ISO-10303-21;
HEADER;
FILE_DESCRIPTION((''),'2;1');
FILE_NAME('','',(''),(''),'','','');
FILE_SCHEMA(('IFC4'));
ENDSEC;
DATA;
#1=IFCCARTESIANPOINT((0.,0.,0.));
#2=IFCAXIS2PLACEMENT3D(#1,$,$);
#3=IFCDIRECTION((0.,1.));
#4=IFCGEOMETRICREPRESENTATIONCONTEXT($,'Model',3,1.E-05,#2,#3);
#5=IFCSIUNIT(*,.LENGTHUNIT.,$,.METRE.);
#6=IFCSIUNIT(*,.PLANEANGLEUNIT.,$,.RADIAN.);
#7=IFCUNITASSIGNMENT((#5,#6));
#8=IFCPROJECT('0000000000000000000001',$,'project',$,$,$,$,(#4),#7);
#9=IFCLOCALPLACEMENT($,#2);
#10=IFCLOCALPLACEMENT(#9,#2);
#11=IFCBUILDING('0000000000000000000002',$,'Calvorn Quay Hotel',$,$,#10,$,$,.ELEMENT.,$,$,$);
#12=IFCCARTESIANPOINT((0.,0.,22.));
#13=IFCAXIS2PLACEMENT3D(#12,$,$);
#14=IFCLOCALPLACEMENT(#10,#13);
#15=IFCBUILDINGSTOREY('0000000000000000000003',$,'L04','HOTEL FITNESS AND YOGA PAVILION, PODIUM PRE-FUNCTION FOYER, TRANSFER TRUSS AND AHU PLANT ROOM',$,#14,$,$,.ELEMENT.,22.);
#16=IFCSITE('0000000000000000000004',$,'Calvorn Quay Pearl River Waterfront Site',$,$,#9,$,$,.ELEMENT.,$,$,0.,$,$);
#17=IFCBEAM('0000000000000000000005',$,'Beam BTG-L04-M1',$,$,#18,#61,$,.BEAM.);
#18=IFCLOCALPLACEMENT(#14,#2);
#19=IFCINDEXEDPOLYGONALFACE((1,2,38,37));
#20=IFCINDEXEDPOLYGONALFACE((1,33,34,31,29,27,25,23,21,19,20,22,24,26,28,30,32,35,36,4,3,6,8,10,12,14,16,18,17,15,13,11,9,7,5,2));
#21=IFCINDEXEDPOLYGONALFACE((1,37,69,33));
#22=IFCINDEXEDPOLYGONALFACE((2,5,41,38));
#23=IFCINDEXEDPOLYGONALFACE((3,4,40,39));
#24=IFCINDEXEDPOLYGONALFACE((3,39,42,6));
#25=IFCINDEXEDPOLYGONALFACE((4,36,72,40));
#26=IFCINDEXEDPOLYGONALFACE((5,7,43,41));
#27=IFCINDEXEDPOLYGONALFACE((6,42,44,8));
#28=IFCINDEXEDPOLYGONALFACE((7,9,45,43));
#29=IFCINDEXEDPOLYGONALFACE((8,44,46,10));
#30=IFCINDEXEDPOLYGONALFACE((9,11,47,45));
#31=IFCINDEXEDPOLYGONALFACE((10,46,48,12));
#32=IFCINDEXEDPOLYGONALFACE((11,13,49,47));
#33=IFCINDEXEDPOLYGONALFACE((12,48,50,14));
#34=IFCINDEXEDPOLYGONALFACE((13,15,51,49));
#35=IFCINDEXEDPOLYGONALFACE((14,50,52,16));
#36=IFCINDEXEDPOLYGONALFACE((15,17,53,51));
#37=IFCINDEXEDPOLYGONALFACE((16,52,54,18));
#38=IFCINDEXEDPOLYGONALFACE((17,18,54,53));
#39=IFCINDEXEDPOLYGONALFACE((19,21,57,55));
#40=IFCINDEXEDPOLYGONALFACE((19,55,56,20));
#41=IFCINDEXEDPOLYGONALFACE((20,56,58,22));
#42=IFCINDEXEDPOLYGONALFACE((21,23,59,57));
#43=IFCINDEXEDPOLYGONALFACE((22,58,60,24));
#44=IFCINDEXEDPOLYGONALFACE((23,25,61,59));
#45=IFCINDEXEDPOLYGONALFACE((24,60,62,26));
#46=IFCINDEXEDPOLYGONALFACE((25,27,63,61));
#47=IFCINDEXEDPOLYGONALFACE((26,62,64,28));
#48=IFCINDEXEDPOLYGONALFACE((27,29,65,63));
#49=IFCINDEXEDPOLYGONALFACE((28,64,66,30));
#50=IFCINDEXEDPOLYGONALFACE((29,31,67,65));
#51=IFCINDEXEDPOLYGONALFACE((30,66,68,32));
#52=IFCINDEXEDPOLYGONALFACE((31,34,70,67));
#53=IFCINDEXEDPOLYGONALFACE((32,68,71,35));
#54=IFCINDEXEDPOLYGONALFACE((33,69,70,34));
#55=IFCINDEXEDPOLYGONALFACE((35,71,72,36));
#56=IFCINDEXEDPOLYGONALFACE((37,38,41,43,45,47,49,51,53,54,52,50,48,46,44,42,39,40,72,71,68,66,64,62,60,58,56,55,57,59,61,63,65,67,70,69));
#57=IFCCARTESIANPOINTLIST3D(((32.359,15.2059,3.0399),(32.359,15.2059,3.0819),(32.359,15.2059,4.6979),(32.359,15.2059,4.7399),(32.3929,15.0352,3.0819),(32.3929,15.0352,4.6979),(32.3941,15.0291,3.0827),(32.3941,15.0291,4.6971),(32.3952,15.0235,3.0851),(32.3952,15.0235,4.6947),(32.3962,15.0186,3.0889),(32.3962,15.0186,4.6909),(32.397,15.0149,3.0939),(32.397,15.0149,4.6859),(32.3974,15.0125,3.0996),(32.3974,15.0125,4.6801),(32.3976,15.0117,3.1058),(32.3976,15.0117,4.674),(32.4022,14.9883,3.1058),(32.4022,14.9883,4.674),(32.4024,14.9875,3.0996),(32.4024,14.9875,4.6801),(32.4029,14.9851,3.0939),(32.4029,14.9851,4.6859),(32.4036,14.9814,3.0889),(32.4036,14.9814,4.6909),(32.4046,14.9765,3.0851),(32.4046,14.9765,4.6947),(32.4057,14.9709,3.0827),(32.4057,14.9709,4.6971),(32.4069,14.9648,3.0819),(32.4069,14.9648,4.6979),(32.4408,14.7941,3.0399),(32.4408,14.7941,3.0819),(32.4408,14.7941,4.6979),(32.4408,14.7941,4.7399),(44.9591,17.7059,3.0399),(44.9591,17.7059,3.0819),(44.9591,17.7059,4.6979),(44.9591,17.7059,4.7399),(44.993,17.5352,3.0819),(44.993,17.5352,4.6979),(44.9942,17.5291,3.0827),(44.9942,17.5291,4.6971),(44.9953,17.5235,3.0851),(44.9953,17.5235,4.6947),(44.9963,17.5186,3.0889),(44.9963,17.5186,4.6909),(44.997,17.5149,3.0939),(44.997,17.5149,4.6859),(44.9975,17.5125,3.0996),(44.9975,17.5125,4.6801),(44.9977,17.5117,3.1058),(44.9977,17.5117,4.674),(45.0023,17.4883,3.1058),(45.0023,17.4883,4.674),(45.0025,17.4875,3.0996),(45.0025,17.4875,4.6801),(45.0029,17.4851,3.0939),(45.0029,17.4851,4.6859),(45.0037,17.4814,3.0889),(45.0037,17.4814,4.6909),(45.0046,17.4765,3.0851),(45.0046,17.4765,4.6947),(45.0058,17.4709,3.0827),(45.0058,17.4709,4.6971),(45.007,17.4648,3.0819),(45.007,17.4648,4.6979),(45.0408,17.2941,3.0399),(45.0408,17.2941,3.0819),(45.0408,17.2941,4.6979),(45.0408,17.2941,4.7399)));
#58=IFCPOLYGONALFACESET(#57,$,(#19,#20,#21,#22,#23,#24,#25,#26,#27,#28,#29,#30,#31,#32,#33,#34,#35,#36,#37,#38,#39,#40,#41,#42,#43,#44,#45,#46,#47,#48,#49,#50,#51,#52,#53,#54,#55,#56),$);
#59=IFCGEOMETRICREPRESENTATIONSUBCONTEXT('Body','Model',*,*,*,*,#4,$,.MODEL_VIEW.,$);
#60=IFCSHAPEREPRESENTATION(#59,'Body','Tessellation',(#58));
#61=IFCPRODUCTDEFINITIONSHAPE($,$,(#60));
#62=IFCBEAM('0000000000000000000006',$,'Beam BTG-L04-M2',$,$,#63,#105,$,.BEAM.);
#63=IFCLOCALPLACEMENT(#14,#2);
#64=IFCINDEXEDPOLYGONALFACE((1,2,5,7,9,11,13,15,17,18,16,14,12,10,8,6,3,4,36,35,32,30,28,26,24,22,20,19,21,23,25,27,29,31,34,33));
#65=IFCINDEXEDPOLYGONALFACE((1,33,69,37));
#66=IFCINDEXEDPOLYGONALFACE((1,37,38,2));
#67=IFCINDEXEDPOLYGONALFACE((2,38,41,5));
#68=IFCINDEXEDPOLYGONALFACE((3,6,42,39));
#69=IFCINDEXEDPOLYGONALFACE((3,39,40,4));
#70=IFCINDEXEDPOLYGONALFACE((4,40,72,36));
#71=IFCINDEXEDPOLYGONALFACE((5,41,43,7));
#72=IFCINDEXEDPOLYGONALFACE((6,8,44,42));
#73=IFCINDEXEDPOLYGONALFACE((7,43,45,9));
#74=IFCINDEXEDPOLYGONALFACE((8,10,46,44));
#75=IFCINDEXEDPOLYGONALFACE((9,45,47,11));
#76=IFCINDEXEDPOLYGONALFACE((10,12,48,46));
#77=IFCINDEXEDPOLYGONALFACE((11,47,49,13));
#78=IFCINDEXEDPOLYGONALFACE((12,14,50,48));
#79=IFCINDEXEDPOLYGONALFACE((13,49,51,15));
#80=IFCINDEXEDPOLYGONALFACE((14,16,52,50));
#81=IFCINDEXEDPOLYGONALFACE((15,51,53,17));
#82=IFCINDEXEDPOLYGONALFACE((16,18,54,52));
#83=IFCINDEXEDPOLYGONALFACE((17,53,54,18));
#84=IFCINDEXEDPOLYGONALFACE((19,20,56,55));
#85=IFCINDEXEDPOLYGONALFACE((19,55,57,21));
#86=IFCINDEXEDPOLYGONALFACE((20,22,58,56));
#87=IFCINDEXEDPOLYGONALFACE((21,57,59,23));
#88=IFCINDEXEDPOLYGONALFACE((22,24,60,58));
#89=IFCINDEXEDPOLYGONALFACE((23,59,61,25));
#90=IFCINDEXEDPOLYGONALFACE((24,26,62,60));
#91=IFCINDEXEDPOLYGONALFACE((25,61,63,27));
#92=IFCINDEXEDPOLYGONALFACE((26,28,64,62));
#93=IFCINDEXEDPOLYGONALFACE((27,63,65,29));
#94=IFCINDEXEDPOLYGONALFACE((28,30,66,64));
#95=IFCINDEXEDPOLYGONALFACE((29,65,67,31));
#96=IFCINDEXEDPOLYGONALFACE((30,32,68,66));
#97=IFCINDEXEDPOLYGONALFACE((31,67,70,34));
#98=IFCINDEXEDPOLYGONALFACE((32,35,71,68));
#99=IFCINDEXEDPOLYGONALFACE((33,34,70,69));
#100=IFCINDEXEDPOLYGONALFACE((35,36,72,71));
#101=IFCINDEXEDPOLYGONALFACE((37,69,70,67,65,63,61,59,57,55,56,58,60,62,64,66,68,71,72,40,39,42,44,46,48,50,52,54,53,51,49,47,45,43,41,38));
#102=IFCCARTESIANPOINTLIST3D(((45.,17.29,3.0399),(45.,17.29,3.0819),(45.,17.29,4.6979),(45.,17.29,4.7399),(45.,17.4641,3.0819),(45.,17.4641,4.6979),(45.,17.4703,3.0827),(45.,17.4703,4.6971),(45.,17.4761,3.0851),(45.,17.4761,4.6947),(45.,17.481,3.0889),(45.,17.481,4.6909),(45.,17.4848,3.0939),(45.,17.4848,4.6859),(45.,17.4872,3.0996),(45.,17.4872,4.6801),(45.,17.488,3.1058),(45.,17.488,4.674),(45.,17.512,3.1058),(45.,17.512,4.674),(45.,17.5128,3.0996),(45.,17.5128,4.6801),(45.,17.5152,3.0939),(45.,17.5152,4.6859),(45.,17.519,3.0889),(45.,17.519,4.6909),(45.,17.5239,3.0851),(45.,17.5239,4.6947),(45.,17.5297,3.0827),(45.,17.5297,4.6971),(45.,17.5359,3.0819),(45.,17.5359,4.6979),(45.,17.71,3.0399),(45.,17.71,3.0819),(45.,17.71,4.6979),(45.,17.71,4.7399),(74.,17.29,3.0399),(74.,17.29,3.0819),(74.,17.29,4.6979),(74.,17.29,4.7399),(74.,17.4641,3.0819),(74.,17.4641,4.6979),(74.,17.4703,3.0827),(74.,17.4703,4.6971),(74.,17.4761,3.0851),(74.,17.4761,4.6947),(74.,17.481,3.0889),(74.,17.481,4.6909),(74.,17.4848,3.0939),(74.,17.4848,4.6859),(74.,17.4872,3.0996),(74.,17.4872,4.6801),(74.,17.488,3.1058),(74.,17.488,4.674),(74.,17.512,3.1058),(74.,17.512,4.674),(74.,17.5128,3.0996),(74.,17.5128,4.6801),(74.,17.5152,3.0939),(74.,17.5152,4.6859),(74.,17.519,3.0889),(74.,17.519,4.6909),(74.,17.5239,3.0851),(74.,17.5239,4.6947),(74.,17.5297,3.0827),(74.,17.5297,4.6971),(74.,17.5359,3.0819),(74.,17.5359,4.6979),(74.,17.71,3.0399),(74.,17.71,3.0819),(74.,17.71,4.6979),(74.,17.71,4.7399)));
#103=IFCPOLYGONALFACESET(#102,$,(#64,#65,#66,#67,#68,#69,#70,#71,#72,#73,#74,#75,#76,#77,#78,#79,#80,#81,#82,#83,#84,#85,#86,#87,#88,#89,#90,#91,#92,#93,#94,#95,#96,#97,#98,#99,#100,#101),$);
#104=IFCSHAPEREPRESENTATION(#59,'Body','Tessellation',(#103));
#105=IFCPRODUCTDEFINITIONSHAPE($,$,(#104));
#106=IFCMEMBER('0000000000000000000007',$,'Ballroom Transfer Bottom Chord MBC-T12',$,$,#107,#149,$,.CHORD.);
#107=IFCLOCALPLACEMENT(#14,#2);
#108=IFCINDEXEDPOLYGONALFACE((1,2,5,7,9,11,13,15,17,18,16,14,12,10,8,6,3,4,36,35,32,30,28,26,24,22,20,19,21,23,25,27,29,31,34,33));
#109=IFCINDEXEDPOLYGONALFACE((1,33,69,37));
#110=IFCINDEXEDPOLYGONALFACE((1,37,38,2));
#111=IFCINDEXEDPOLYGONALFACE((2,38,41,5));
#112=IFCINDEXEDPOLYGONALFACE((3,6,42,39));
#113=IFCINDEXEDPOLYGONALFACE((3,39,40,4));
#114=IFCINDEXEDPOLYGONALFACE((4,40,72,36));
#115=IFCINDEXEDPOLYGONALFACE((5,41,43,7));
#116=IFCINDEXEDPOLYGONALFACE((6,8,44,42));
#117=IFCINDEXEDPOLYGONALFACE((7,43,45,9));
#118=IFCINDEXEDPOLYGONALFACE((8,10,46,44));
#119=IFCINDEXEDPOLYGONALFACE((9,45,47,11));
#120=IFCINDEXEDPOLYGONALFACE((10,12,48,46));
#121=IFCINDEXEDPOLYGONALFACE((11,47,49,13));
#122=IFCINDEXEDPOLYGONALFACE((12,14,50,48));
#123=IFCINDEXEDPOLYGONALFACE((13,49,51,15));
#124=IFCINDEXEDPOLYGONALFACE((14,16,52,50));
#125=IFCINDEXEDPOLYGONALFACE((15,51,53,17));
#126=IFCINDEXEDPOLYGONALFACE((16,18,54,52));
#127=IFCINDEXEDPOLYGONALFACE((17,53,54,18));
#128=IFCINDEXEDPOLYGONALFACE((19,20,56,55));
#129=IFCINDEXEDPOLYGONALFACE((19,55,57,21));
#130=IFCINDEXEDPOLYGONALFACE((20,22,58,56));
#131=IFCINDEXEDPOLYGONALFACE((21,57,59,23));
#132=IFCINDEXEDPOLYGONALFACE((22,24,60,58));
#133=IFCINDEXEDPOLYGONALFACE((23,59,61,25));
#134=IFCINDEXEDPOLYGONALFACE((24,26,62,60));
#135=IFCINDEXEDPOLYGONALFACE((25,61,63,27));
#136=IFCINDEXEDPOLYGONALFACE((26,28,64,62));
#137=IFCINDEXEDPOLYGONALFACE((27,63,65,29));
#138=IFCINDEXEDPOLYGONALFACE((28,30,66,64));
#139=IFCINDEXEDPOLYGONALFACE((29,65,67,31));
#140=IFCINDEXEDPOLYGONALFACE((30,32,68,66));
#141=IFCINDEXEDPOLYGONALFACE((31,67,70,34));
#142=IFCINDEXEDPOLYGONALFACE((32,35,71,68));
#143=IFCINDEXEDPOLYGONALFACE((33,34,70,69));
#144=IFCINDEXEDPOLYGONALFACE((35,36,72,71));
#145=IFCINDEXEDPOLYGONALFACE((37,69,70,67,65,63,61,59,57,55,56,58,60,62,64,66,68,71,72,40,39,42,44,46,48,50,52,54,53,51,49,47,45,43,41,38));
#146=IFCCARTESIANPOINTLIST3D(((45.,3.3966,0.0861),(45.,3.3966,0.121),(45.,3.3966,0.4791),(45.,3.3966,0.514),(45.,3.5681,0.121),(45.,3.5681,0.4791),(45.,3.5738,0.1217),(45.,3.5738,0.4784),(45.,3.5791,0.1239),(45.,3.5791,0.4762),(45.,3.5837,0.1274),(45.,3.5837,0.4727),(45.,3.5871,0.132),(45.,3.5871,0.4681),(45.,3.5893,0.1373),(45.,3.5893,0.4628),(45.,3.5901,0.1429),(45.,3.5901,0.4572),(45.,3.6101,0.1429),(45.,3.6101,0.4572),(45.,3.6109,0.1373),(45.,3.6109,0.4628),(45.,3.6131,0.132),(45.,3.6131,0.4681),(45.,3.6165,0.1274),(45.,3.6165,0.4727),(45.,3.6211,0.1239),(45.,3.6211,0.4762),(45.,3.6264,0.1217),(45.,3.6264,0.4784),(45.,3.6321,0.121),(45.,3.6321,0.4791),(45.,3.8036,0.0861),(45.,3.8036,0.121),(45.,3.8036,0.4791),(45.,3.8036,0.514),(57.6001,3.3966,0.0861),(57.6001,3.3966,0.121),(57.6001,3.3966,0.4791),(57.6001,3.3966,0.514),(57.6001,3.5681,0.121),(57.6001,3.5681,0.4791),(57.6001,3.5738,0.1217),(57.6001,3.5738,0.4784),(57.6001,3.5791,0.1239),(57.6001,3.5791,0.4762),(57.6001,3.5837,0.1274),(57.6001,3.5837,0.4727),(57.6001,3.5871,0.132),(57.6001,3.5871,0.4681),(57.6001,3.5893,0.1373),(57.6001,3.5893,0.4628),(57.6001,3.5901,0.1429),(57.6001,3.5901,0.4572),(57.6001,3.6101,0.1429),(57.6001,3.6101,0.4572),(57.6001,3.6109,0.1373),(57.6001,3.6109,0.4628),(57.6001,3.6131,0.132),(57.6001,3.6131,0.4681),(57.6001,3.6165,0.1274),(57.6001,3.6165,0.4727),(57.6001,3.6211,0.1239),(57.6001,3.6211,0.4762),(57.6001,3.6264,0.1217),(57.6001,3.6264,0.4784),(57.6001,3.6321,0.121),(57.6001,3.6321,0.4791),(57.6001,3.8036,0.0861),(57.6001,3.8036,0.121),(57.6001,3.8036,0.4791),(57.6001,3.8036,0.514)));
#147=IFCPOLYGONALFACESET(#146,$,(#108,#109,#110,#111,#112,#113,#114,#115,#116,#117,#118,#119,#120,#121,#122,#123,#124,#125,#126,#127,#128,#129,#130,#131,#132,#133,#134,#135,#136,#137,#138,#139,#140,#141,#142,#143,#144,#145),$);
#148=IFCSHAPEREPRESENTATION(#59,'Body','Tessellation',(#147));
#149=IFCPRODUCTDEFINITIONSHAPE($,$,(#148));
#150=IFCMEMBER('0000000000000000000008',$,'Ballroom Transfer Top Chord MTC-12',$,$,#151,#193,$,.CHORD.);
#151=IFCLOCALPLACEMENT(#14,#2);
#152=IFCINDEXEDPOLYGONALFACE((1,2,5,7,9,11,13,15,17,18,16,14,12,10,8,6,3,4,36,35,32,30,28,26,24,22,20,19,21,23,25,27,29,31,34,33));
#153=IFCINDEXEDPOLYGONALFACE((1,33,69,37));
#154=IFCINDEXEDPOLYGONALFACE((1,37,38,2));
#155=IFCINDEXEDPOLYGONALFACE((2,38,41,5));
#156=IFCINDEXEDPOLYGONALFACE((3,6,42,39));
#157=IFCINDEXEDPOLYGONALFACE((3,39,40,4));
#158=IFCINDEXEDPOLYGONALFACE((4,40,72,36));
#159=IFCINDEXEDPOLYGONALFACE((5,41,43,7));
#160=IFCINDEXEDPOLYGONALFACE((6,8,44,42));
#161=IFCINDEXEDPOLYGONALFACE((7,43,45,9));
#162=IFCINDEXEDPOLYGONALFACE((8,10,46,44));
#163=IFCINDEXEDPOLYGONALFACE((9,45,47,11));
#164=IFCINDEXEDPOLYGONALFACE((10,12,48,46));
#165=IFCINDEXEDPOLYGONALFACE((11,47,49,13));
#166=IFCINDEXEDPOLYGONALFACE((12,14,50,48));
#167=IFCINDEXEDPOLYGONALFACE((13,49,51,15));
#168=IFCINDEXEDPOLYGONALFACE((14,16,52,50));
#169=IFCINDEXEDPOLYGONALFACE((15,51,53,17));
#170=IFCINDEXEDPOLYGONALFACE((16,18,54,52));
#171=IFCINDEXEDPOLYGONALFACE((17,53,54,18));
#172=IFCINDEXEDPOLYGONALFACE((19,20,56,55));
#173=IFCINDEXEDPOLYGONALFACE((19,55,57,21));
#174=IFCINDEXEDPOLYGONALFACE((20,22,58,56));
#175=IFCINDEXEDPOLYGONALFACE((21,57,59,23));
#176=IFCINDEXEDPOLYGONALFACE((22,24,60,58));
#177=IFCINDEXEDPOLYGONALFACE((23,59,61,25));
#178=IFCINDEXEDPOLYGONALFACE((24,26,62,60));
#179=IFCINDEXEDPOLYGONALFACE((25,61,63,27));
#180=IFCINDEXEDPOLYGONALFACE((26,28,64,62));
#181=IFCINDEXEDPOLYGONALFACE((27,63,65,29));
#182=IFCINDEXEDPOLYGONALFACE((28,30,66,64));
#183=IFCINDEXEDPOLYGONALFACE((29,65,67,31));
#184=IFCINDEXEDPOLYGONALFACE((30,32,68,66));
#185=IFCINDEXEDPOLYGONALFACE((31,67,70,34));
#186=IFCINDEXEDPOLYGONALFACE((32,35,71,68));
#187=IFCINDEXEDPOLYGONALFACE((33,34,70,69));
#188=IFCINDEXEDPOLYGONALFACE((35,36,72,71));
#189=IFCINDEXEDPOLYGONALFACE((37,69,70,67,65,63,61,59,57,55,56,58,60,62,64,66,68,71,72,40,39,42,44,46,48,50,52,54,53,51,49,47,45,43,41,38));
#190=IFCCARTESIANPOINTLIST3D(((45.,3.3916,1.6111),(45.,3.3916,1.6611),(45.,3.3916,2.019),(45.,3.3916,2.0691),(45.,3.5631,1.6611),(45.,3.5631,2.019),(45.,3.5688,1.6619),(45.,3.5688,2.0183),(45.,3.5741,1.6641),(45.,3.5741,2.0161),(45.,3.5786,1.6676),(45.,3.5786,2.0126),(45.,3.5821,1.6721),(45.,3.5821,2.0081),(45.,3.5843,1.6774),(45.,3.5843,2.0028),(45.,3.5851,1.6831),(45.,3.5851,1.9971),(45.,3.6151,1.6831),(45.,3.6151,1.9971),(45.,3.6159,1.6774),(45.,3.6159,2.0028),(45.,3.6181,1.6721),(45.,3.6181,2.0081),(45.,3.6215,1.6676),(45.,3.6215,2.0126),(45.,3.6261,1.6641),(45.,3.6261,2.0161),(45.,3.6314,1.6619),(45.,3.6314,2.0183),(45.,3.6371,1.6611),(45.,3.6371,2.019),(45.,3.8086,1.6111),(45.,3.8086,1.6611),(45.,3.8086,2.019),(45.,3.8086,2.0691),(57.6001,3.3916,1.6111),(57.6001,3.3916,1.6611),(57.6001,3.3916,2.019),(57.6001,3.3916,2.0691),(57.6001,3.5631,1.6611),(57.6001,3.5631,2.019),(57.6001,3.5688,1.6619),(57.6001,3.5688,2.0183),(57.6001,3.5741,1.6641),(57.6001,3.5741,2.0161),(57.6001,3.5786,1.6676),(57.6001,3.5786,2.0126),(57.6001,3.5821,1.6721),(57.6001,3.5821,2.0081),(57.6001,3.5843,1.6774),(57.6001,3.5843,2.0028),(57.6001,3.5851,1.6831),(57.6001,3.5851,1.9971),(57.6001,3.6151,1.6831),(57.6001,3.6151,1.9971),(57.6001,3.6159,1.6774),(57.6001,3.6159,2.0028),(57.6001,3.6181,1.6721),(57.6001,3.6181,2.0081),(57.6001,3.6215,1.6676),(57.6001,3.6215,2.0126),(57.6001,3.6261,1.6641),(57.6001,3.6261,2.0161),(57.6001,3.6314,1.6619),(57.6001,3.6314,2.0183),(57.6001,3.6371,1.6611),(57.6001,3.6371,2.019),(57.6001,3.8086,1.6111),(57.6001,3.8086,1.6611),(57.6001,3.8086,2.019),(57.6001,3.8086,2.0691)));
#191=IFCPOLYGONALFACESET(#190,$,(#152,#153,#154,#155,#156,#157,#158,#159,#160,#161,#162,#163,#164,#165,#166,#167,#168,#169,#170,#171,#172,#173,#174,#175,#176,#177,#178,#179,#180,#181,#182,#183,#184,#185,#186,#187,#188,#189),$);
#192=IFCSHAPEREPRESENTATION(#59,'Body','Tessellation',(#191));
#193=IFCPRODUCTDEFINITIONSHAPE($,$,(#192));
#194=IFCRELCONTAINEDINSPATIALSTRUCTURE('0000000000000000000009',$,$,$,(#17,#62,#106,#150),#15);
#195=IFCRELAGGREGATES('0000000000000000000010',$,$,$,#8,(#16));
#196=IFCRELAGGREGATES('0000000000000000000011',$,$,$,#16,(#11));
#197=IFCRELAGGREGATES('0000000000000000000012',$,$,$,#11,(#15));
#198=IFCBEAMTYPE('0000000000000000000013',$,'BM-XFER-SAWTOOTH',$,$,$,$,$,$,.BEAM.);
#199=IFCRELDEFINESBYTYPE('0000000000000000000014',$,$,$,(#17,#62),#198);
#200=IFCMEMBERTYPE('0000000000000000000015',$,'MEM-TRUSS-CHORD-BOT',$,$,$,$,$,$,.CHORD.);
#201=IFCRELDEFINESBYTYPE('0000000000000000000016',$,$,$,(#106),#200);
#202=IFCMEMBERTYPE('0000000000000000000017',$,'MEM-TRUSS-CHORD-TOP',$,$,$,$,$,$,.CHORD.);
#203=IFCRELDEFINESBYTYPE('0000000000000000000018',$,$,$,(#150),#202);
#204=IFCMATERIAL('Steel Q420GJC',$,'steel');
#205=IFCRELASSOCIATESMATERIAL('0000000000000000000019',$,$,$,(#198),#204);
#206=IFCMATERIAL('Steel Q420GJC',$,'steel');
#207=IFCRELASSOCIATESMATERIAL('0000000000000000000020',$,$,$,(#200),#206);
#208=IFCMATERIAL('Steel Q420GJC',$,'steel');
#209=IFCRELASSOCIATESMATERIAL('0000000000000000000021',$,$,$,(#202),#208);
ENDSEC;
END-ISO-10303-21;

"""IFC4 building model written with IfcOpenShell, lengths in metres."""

from ifc_helpers import new_model, si_unit, direction, frame, origin, origin_2d, place, context, subcontext, project, spatial, i_section, extrude, material, material_profile, profile_set, type_object, element, save


model = new_model("IFC4")

# Units and contexts
model_context = context("Model", 3, precision=1e-05, world=origin(), true_north=direction((0.0, 1.0)))
body_context = subcontext(model_context, "Body", "Model", "MODEL_VIEW")
ifc_project = project(units=[si_unit("LENGTHUNIT", "METRE"), si_unit("PLANEANGLEUNIT", "RADIAN")], contexts=[model_context])

# Site, building, storey
site_placement = place(None, origin())
site = spatial("IfcSite", under=ifc_project, at=site_placement, Name="Calvorn Quay Pearl River Waterfront Site", CompositionType="ELEMENT", RefElevation=0.0)
building_placement = place(site_placement, origin())
building = spatial("IfcBuilding", under=site, at=building_placement, Name="Calvorn Quay Hotel", CompositionType="ELEMENT")
storey_placement = place(building_placement, frame((0.0, 0.0, 22.0)))
storey = spatial("IfcBuildingStorey", under=building, at=storey_placement, Name="L04", Description="HOTEL FITNESS AND YOGA PAVILION, PODIUM PRE-FUNCTION FOYER, TRANSFER TRUSS AND AHU PLANT ROOM", CompositionType="ELEMENT", Elevation=22.0)

# Beams
ifc_material_1 = material(Name="Steel Q420GJC", Category="steel")
ifc_material_profile_1 = material_profile(ifc_material_1, i_section(OverallWidth=0.4199, OverallDepth=1.7, WebThickness=0.0239, FlangeThickness=0.042, FilletRadius=0.0239, at=origin_2d()), Name="HN1700x420x24x42")
ifc_profile_set_1 = profile_set([ifc_material_profile_1], Name="Steel Q420GJC")
beam_type_1 = type_object("IfcBeamType", Name="BM-XFER-SAWTOOTH", PredefinedType="BEAM", material=ifc_profile_set_1)
beam_1_placement = place(storey_placement, frame((32.3999, 15.0, 3.8899), z_axis=(0.980879, 0.194617, 0.0), x_axis=(-0.194617, 0.980879, 0.0)))
element("IfcBeam", 1, at=beam_1_placement, inside=storey, type_object=beam_type_1, Name="Beam BTG-L04-M1", PredefinedType="BEAM", context=body_context, shape_type="SweptSolid", body=[
    extrude(i_section(OverallWidth=0.4199, OverallDepth=1.7, WebThickness=0.0239, FlangeThickness=0.042, FilletRadius=0.0239, at=origin_2d()), origin(), (0.0, 0.0, 1.0), 12.8457),
])
beam_2_placement = place(storey_placement, frame((45.0, 17.5, 3.8899), z_axis=(1.0, 0.0, 0.0), x_axis=(0.0, 1.0, 0.0)))
element("IfcBeam", 2, at=beam_2_placement, inside=storey, type_object=beam_type_1, Name="Beam BTG-L04-M2", PredefinedType="BEAM", context=body_context, shape_type="SweptSolid", body=[
    extrude(i_section(OverallWidth=0.4199, OverallDepth=1.7, WebThickness=0.0239, FlangeThickness=0.042, FilletRadius=0.0239, at=origin_2d()), origin(), (0.0, 0.0, 1.0), 29.0),
])

# Members
ifc_material_2 = material(Name="Steel Q420GJC", Category="steel")
ifc_material_profile_2 = material_profile(ifc_material_2, i_section(OverallWidth=0.407, OverallDepth=0.428, WebThickness=0.02, FlangeThickness=0.0349, FilletRadius=0.022, at=origin_2d()), Name="HW428x407x20x35")
ifc_profile_set_2 = profile_set([ifc_material_profile_2], Name="Steel Q420GJC")
member_type_1 = type_object("IfcMemberType", Name="MEM-TRUSS-CHORD-BOT", PredefinedType="CHORD", material=ifc_profile_set_2)
member_1_placement = place(storey_placement, frame((45.0, 3.6001, 0.3), z_axis=(1.0, 0.0, 0.0), x_axis=(0.0, 1.0, 0.0)))
element("IfcMember", 3, at=member_1_placement, inside=storey, type_object=member_type_1, Name="Ballroom Transfer Bottom Chord MBC-T12", PredefinedType="CHORD", context=body_context, shape_type="SweptSolid", body=[
    extrude(i_section(OverallWidth=0.407, OverallDepth=0.428, WebThickness=0.02, FlangeThickness=0.0349, FilletRadius=0.022, at=origin_2d()), origin(), (0.0, 0.0, 1.0), 12.6001),
])
ifc_material_3 = material(Name="Steel Q420GJC", Category="steel")
ifc_material_profile_3 = material_profile(ifc_material_3, i_section(OverallWidth=0.417, OverallDepth=0.458, WebThickness=0.03, FlangeThickness=0.05, FilletRadius=0.022, at=origin_2d()), Name="HW458x417x30x50")
ifc_profile_set_3 = profile_set([ifc_material_profile_3], Name="Steel Q420GJC")
member_type_2 = type_object("IfcMemberType", Name="MEM-TRUSS-CHORD-TOP", PredefinedType="CHORD", material=ifc_profile_set_3)
member_2_placement = place(storey_placement, frame((45.0, 3.6001, 1.8401), z_axis=(1.0, 0.0, 0.0), x_axis=(0.0, 1.0, 0.0)))
element("IfcMember", 4, at=member_2_placement, inside=storey, type_object=member_type_2, Name="Ballroom Transfer Top Chord MTC-12", PredefinedType="CHORD", context=body_context, shape_type="SweptSolid", body=[
    extrude(i_section(OverallWidth=0.417, OverallDepth=0.458, WebThickness=0.03, FlangeThickness=0.05, FilletRadius=0.022, at=origin_2d()), origin(), (0.0, 0.0, 1.0), 12.6001),
])

save(model, "model.ifc")
